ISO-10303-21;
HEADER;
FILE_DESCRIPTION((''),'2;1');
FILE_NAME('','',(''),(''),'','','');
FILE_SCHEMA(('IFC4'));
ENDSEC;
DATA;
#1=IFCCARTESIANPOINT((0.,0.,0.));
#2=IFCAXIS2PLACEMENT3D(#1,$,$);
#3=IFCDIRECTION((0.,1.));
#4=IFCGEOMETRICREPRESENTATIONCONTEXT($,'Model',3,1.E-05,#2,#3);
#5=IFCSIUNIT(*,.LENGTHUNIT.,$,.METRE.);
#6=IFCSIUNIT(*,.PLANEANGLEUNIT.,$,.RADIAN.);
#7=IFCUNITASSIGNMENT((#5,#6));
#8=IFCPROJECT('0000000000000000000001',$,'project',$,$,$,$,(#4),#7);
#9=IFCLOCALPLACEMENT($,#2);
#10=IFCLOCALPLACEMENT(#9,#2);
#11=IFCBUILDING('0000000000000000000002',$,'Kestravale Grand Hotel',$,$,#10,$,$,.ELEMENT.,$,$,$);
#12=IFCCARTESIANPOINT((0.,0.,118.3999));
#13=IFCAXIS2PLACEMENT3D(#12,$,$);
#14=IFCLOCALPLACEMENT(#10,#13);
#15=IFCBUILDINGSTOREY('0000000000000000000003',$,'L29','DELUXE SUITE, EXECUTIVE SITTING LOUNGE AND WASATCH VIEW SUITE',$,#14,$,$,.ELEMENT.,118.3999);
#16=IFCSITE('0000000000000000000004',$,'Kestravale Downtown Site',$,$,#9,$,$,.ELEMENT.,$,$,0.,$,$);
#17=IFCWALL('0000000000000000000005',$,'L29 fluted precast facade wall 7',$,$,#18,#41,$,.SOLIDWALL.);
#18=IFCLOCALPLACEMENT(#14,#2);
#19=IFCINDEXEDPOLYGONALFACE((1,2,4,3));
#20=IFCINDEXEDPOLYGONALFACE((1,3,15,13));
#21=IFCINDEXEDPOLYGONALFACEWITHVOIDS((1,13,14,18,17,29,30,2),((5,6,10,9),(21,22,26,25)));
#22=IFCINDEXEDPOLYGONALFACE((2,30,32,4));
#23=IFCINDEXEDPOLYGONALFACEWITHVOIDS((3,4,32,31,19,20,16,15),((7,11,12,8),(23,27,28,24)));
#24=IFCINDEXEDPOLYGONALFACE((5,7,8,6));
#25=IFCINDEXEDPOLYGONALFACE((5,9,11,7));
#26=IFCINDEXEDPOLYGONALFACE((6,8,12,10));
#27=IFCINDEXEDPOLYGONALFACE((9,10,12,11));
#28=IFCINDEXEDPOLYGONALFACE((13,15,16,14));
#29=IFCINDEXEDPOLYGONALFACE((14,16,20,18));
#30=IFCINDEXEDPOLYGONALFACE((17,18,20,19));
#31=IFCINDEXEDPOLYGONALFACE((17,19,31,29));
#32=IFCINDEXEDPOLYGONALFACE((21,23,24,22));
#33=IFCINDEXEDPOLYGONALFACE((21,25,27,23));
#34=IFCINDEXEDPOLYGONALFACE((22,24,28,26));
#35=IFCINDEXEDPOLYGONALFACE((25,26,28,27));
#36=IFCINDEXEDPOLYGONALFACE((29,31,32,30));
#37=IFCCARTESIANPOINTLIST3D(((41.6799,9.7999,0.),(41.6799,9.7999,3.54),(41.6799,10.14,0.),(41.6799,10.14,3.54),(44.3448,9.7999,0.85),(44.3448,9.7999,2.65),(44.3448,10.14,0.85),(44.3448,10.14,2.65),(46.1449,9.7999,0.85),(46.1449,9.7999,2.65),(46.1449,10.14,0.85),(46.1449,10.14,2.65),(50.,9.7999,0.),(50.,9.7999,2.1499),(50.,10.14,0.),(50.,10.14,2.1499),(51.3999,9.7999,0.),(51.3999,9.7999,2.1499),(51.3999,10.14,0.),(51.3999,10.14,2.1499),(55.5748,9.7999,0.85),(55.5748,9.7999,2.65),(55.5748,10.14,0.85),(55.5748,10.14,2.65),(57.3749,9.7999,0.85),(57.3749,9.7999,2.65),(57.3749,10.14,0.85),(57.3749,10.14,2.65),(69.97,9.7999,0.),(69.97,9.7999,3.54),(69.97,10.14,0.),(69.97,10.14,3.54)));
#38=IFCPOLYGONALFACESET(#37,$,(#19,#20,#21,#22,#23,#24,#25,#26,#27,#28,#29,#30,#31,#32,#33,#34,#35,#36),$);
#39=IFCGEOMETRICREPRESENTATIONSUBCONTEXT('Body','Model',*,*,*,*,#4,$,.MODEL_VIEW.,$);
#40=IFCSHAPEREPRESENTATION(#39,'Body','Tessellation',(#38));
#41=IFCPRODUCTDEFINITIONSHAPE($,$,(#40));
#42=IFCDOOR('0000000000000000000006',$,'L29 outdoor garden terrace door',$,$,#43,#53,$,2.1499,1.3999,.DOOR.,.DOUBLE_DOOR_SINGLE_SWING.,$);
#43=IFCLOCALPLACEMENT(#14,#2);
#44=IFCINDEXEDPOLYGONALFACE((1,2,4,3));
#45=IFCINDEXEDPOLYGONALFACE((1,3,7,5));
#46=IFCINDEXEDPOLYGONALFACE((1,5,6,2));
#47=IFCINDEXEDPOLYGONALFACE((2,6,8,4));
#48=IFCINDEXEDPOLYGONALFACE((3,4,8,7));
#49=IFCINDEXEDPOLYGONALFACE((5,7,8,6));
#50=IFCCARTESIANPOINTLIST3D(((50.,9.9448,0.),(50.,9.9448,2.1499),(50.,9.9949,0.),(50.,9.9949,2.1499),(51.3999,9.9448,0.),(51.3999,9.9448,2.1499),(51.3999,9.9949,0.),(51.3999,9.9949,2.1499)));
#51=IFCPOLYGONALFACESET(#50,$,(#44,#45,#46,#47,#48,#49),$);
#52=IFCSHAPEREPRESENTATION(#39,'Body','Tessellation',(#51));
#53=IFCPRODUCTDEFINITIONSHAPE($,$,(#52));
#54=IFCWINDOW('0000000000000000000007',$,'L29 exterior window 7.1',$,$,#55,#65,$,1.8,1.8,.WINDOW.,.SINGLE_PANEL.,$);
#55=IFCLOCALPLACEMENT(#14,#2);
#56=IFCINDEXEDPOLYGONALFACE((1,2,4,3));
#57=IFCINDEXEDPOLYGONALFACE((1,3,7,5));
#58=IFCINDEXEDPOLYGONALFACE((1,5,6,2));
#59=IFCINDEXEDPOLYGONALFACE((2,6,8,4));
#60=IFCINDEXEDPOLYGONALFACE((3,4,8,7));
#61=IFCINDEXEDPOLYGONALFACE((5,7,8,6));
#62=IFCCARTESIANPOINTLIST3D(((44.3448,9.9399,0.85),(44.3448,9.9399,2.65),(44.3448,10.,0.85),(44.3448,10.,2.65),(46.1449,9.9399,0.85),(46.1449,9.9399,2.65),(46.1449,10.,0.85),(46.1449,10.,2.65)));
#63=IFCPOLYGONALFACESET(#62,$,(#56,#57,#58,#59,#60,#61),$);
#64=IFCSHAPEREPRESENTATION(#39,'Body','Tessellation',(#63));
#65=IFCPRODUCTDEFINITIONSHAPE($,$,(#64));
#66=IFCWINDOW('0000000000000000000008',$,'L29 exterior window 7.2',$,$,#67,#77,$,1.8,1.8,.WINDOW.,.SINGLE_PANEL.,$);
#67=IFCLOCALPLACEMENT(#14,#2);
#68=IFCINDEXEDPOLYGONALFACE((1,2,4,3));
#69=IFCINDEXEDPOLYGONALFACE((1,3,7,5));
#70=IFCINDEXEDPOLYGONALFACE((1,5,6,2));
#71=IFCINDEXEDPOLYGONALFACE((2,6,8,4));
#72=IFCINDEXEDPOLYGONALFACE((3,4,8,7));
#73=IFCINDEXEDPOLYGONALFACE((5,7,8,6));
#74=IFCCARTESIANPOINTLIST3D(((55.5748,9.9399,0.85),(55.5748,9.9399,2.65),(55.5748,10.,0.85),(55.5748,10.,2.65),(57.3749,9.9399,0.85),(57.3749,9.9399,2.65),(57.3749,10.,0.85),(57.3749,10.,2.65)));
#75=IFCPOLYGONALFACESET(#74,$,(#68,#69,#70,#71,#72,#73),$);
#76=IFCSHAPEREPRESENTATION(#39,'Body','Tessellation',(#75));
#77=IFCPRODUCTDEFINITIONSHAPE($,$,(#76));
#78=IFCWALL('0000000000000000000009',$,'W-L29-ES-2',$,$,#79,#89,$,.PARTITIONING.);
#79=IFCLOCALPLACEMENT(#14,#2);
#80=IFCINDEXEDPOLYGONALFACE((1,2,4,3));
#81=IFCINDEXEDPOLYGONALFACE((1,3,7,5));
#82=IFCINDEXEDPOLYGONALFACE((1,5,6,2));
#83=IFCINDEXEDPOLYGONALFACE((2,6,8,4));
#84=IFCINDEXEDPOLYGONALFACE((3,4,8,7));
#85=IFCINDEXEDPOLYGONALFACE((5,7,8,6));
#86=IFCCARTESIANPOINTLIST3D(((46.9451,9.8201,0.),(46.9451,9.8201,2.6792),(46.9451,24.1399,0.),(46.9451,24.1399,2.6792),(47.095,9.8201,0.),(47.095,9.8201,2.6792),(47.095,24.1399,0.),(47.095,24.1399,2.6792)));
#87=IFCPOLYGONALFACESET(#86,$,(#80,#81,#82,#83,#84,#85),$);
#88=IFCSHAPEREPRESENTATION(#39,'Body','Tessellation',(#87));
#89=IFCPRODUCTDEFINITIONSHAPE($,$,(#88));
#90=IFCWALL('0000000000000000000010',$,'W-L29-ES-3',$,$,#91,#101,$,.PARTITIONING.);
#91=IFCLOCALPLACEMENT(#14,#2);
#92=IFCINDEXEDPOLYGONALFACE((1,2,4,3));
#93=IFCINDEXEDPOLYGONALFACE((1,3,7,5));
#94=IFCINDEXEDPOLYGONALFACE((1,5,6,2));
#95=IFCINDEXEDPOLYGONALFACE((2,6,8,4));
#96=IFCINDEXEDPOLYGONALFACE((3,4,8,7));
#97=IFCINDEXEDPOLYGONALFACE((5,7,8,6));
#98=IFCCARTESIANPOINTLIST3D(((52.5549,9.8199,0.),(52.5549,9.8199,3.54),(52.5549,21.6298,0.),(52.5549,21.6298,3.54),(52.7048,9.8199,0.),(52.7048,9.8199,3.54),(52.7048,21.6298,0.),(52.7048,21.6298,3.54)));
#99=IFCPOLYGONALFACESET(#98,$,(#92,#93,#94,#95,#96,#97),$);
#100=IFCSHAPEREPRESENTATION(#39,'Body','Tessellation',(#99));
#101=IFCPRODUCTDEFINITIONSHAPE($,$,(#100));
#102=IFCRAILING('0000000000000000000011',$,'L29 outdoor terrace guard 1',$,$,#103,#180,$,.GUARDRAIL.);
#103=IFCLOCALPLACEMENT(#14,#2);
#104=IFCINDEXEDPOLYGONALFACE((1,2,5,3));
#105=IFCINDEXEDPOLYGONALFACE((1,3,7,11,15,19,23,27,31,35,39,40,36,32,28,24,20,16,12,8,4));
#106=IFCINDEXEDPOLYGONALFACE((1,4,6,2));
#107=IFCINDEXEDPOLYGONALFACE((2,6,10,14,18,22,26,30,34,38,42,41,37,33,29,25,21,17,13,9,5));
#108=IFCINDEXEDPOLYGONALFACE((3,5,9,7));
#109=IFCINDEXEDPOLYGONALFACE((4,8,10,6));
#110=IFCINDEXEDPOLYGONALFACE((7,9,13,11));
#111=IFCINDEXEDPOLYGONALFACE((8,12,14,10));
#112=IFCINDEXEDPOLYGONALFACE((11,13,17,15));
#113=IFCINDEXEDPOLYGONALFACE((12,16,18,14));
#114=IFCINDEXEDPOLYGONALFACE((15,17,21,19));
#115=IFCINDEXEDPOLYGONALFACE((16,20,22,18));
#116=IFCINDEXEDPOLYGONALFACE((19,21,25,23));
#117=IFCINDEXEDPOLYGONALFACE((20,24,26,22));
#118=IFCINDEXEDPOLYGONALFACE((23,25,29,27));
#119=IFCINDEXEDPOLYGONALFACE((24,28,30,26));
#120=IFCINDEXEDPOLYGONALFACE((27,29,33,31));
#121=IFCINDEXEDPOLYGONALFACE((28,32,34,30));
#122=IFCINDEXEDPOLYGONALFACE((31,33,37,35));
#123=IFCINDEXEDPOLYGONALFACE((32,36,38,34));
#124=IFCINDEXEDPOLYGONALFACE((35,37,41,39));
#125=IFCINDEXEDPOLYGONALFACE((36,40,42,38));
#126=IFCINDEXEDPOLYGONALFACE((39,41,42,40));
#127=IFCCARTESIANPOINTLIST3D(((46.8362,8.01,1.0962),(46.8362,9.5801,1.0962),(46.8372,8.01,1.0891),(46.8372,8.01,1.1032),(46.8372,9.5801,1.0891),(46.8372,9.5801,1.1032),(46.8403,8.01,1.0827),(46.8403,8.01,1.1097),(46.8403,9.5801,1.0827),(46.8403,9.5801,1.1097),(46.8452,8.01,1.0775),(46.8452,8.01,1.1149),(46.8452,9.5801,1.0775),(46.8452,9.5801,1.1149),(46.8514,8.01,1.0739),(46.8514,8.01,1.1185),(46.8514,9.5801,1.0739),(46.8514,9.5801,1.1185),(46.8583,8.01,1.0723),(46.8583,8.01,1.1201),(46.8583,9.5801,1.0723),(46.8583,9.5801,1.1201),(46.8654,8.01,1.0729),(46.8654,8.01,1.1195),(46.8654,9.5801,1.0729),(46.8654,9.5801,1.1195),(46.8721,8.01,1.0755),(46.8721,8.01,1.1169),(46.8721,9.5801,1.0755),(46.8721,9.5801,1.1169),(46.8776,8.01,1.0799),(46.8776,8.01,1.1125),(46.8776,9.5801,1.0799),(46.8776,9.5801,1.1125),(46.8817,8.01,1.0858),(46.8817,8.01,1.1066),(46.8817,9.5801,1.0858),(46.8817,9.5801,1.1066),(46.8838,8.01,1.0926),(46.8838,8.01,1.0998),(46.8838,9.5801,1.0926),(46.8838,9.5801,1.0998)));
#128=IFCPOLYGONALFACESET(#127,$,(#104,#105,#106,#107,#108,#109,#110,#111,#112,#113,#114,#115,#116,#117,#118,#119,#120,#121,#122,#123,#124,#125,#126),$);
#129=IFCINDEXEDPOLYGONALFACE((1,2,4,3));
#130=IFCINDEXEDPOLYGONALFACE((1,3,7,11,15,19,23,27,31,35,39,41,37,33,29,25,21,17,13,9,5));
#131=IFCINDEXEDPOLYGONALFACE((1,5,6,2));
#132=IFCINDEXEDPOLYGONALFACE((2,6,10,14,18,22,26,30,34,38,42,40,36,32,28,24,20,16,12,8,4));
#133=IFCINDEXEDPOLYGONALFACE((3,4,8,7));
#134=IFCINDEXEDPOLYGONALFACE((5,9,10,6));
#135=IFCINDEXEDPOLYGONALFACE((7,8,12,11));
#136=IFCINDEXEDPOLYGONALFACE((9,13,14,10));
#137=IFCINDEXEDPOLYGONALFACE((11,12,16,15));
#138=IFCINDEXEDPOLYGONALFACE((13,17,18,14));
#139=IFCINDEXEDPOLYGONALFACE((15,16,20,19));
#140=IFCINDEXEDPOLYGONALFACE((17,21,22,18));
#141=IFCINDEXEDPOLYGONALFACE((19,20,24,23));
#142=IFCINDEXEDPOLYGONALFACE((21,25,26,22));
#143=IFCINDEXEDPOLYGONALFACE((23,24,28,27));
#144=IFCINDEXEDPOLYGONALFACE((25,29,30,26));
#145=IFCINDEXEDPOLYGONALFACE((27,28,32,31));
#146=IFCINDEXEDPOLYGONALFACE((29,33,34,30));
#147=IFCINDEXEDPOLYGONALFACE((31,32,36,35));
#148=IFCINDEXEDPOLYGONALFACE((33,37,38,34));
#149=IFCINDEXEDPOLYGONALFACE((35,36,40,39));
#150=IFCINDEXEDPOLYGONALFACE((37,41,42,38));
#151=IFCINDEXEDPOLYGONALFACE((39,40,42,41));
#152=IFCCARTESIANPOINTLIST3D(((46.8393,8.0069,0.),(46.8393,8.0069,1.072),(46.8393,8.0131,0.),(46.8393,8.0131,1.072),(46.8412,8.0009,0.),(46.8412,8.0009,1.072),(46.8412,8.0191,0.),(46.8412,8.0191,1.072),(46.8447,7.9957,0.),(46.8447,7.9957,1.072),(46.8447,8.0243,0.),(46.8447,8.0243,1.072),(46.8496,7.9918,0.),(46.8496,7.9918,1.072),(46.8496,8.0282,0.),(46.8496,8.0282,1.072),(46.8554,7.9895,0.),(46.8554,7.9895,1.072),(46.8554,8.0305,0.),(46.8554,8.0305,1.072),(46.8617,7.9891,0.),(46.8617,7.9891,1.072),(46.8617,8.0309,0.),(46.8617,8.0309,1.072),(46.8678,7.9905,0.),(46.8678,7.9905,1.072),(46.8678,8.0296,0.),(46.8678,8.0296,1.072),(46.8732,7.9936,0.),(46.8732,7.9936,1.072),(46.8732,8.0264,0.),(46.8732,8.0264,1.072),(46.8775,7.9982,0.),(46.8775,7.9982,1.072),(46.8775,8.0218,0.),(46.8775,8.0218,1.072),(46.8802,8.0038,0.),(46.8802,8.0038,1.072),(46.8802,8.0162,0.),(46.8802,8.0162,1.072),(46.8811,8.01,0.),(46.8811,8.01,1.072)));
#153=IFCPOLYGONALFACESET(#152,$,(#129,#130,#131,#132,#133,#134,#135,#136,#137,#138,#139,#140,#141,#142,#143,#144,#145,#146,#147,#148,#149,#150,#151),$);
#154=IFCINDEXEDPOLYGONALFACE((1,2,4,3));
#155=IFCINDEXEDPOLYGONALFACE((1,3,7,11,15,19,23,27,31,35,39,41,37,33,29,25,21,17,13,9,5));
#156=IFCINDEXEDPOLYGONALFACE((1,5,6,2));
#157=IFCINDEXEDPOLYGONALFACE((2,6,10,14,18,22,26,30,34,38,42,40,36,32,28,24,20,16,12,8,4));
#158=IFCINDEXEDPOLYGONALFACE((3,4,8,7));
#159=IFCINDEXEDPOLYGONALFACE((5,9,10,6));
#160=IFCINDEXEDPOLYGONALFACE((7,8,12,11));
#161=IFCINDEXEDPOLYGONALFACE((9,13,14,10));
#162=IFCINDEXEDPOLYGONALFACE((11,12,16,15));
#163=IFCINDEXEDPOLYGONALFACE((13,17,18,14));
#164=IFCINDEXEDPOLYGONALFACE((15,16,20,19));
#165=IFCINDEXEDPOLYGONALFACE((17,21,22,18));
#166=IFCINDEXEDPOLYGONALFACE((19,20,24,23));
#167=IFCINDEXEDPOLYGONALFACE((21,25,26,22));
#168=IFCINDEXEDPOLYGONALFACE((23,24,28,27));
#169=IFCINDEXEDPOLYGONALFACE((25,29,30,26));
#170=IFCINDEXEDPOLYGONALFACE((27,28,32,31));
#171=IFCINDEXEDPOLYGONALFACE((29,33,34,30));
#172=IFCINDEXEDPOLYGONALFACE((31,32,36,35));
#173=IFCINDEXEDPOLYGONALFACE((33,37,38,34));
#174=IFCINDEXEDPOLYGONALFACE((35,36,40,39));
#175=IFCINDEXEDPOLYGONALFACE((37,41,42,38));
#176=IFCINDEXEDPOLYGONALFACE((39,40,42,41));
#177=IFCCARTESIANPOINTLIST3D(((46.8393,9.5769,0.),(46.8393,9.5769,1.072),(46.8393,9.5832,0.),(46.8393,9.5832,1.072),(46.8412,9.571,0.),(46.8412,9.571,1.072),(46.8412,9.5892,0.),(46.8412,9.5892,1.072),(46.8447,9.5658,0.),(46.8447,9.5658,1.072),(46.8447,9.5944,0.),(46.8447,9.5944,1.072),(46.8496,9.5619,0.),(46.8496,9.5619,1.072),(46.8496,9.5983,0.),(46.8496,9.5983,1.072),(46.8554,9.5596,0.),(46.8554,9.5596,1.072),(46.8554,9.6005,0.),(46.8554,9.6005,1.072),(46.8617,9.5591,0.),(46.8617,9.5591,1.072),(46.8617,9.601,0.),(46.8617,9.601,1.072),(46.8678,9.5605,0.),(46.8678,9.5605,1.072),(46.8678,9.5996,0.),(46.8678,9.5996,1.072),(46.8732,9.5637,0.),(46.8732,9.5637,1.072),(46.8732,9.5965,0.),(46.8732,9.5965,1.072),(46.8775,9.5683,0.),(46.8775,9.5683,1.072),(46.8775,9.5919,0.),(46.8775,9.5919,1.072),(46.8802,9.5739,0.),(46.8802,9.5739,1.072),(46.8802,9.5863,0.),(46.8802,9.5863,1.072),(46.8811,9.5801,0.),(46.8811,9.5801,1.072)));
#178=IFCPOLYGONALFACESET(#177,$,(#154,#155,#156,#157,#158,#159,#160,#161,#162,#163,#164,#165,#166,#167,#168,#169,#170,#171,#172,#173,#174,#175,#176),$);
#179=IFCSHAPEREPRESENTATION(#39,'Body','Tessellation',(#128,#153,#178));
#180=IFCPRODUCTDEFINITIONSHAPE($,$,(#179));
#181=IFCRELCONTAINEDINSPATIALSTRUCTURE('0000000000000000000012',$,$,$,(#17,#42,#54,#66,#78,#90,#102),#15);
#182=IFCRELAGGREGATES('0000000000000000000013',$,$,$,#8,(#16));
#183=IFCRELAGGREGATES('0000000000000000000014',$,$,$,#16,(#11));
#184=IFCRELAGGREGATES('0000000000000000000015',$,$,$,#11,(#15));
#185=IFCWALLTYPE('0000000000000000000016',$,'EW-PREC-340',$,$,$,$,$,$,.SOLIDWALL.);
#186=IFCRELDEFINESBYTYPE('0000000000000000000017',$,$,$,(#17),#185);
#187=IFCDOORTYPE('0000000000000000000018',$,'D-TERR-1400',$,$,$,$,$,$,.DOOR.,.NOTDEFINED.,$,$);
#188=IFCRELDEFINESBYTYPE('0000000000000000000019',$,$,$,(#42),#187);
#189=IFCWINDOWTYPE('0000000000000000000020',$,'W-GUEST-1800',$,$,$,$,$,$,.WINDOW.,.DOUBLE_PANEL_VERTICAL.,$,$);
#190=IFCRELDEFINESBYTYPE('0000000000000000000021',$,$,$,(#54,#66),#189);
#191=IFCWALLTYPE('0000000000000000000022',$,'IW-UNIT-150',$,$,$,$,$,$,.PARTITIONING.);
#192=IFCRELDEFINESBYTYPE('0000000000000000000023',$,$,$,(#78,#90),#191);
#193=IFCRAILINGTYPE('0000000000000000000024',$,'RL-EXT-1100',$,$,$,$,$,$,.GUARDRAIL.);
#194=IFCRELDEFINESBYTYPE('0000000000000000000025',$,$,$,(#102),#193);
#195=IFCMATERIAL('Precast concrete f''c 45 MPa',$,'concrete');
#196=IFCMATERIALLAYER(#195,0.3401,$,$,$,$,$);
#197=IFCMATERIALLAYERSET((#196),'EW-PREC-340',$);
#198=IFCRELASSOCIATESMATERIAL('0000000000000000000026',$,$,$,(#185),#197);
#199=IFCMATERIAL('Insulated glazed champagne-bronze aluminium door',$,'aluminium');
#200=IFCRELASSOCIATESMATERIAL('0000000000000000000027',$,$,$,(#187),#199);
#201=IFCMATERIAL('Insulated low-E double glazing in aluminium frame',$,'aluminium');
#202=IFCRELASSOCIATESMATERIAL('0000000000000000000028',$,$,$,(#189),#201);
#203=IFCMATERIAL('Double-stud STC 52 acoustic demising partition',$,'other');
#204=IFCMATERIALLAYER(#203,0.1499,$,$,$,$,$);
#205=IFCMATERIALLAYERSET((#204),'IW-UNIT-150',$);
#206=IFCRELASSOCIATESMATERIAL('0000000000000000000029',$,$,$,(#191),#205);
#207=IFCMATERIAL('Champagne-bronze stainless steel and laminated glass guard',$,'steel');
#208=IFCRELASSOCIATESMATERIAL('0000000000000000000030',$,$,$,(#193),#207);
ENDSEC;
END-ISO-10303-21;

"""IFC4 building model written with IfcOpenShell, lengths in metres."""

from ifc_helpers import new_model, si_unit, direction, frame, frame_2d, origin, origin_2d, place, context, subcontext, project, spatial, rectangle, circle, extrude, material, layer, layer_set, type_object, element, fill, save


model = new_model("IFC4")

# Units and contexts
model_context = context("Model", 3, precision=1e-05, world=origin(), true_north=direction((0.0, 1.0)))
body_context = subcontext(model_context, "Body", "Model", "MODEL_VIEW")
ifc_project = project(units=[si_unit("LENGTHUNIT", "METRE"), si_unit("PLANEANGLEUNIT", "RADIAN")], contexts=[model_context])

# Site, building, storey
site_placement = place(None, origin())
site = spatial("IfcSite", under=ifc_project, at=site_placement, Name="Kestravale Downtown Site", CompositionType="ELEMENT", RefElevation=0.0)
building_placement = place(site_placement, origin())
building = spatial("IfcBuilding", under=site, at=building_placement, Name="Kestravale Grand Hotel", CompositionType="ELEMENT")
storey_placement = place(building_placement, frame((0.0, 0.0, 118.3999)))
storey = spatial("IfcBuildingStorey", under=building, at=storey_placement, Name="L29", Description="DELUXE SUITE, EXECUTIVE SITTING LOUNGE AND WASATCH VIEW SUITE", CompositionType="ELEMENT", Elevation=118.3999)

# Shared definitions
ifc_material_1 = material(Name="Precast concrete f'c 45 MPa", Category="concrete")
ifc_layer_1 = layer(ifc_material_1, 0.3401)
ifc_layer_set_1 = layer_set([ifc_layer_1], Name="EW-PREC-340")
wall_type_1 = type_object("IfcWallType", Name="EW-PREC-340", PredefinedType="SOLIDWALL", material=ifc_layer_set_1)

# Wall, openings, door, windows
wall_1_placement = place(storey_placement, frame((41.6799, 9.97, 0.0), z_axis=(0.0, 0.0, 1.0), x_axis=(1.0, 0.0, 0.0)))
wall_1 = element("IfcWall", 1, at=wall_1_placement, inside=storey, type_object=wall_type_1, Name="L29 fluted precast facade wall 7", PredefinedType="SOLIDWALL", context=body_context, shape_type="SweptSolid", body=[
    extrude(rectangle(XDim=28.29, YDim=0.3401, at=frame_2d((14.145, 0.0))), origin(), (0.0, 0.0, 1.0), 3.54),
])
opening_1_placement = place(wall_1_placement, frame((8.3201, 0.0, 0.0)))
opening_1 = element("IfcOpeningElement", 2, at=opening_1_placement, cuts=wall_1, PredefinedType="OPENING", context=body_context, shape_type="SweptSolid", body=[
    extrude(rectangle(XDim=1.3999, YDim=2.1499, at=frame_2d((0.7, 1.075))), frame((0.0, 0.1799, 0.0), z_axis=(0.0, -1.0, 0.0), x_axis=(1.0, 0.0, 0.0)), (0.0, 0.0, 1.0), 0.3601),
])
opening_2_placement = place(wall_1_placement, frame((2.665, 0.0, 0.8501)))
opening_2 = element("IfcOpeningElement", 3, at=opening_2_placement, cuts=wall_1, PredefinedType="OPENING", context=body_context, shape_type="SweptSolid", body=[
    extrude(rectangle(XDim=1.8, YDim=1.8, at=frame_2d((0.8999, 0.8999))), frame((0.0, 0.1799, 0.0), z_axis=(0.0, -1.0, 0.0), x_axis=(1.0, 0.0, 0.0)), (0.0, 0.0, 1.0), 0.3601),
])
opening_3_placement = place(wall_1_placement, frame((13.895, 0.0, 0.8501)))
opening_3 = element("IfcOpeningElement", 4, at=opening_3_placement, cuts=wall_1, PredefinedType="OPENING", context=body_context, shape_type="SweptSolid", body=[
    extrude(rectangle(XDim=1.8, YDim=1.8, at=frame_2d((0.8999, 0.8999))), frame((0.0, 0.1799, 0.0), z_axis=(0.0, -1.0, 0.0), x_axis=(1.0, 0.0, 0.0)), (0.0, 0.0, 1.0), 0.3601),
])
ifc_material_2 = material(Name="Insulated glazed champagne-bronze aluminium door", Category="aluminium")
door_type = type_object("IfcDoorType", Name="D-TERR-1400", OperationType="NOTDEFINED", PredefinedType="DOOR", material=ifc_material_2)
door_placement = place(opening_1_placement, origin())
door = element("IfcDoor", 5, at=door_placement, inside=storey, type_object=door_type, Name="L29 outdoor garden terrace door", OperationType="DOUBLE_DOOR_SINGLE_SWING", OverallHeight=2.1499, OverallWidth=1.3999, PredefinedType="DOOR", context=body_context, shape_type="SweptSolid", body=[
    extrude(rectangle(XDim=1.3999, YDim=2.1499, at=frame_2d((0.7, 1.075))), frame((0.0, 0.0249, 0.0), z_axis=(0.0, -1.0, 0.0), x_axis=(1.0, 0.0, 0.0)), (0.0, 0.0, 1.0), 0.05),
])
fill(opening_1, door)
ifc_material_3 = material(Name="Insulated low-E double glazing in aluminium frame", Category="aluminium")
window_type = type_object("IfcWindowType", Name="W-GUEST-1800", PartitioningType="DOUBLE_PANEL_VERTICAL", PredefinedType="WINDOW", material=ifc_material_3)
window_1_placement = place(opening_2_placement, origin())
window_1 = element("IfcWindow", 6, at=window_1_placement, inside=storey, type_object=window_type, Name="L29 exterior window 7.1", OverallHeight=1.8, OverallWidth=1.8, PartitioningType="SINGLE_PANEL", PredefinedType="WINDOW", context=body_context, shape_type="SweptSolid", body=[
    extrude(rectangle(XDim=1.8, YDim=1.8, at=frame_2d((0.8999, 0.8999))), frame((0.0, 0.03, 0.0), z_axis=(0.0, -1.0, 0.0), x_axis=(1.0, 0.0, 0.0)), (0.0, 0.0, 1.0), 0.0601),
])
fill(opening_2, window_1)
window_2_placement = place(opening_3_placement, origin())
window_2 = element("IfcWindow", 7, at=window_2_placement, inside=storey, type_object=window_type, Name="L29 exterior window 7.2", OverallHeight=1.8, OverallWidth=1.8, PartitioningType="SINGLE_PANEL", PredefinedType="WINDOW", context=body_context, shape_type="SweptSolid", body=[
    extrude(rectangle(XDim=1.8, YDim=1.8, at=frame_2d((0.8999, 0.8999))), frame((0.0, 0.03, 0.0), z_axis=(0.0, -1.0, 0.0), x_axis=(1.0, 0.0, 0.0)), (0.0, 0.0, 1.0), 0.0601),
])
fill(opening_3, window_2)

# Walls
ifc_material_4 = material(Name="Double-stud STC 52 acoustic demising partition", Category="other")
ifc_layer_2 = layer(ifc_material_4, 0.1499)
ifc_layer_set_2 = layer_set([ifc_layer_2], Name="IW-UNIT-150")
wall_type_2 = type_object("IfcWallType", Name="IW-UNIT-150", PredefinedType="PARTITIONING", material=ifc_layer_set_2)
wall_2_placement = place(storey_placement, frame((47.02, 9.8201, 0.0), z_axis=(0.0, 0.0, 1.0), x_axis=(0.0, 1.0, 0.0)))
element("IfcWall", 8, at=wall_2_placement, inside=storey, type_object=wall_type_2, Name="W-L29-ES-2", PredefinedType="PARTITIONING", context=body_context, shape_type="SweptSolid", body=[
    extrude(rectangle(XDim=14.3198, YDim=0.1499, at=frame_2d((7.1599, 0.0))), origin(), (0.0, 0.0, 1.0), 2.6792),
])
wall_3_placement = place(storey_placement, frame((52.6299, 9.8201, 0.0), z_axis=(0.0, 0.0, 1.0), x_axis=(0.0, 1.0, 0.0)))
element("IfcWall", 9, at=wall_3_placement, inside=storey, type_object=wall_type_2, Name="W-L29-ES-3", PredefinedType="PARTITIONING", context=body_context, shape_type="SweptSolid", body=[
    extrude(rectangle(XDim=11.8098, YDim=0.1499, at=frame_2d((5.9048, 0.0))), origin(), (0.0, 0.0, 1.0), 3.54),
])

# Railing
ifc_material_5 = material(Name="Champagne-bronze stainless steel and laminated glass guard", Category="steel")
railing_type = type_object("IfcRailingType", Name="RL-EXT-1100", PredefinedType="GUARDRAIL", material=ifc_material_5)
railing_1_placement = place(storey_placement, frame((46.8601, 8.01, 0.0)))
element("IfcRailing", 10, at=railing_1_placement, inside=storey, type_object=railing_type, Name="L29 outdoor terrace guard 1", PredefinedType="GUARDRAIL", context=body_context, shape_type="SweptSolid", body=[
    extrude(circle(Radius=0.0239, at=origin_2d()), frame((0.0, 0.0, 1.0962), z_axis=(0.0, 1.0, 0.0), x_axis=(-1.0, 0.0, 0.0)), (0.0, 0.0, 1.0), 1.5701),
    extrude(circle(Radius=0.021, at=origin_2d()), origin(), (0.0, 0.0, 1.0), 1.072),
    extrude(circle(Radius=0.021, at=origin_2d()), frame((0.0, 1.5701, 0.0)), (0.0, 0.0, 1.0), 1.072),
])

save(model, "model.ifc")
